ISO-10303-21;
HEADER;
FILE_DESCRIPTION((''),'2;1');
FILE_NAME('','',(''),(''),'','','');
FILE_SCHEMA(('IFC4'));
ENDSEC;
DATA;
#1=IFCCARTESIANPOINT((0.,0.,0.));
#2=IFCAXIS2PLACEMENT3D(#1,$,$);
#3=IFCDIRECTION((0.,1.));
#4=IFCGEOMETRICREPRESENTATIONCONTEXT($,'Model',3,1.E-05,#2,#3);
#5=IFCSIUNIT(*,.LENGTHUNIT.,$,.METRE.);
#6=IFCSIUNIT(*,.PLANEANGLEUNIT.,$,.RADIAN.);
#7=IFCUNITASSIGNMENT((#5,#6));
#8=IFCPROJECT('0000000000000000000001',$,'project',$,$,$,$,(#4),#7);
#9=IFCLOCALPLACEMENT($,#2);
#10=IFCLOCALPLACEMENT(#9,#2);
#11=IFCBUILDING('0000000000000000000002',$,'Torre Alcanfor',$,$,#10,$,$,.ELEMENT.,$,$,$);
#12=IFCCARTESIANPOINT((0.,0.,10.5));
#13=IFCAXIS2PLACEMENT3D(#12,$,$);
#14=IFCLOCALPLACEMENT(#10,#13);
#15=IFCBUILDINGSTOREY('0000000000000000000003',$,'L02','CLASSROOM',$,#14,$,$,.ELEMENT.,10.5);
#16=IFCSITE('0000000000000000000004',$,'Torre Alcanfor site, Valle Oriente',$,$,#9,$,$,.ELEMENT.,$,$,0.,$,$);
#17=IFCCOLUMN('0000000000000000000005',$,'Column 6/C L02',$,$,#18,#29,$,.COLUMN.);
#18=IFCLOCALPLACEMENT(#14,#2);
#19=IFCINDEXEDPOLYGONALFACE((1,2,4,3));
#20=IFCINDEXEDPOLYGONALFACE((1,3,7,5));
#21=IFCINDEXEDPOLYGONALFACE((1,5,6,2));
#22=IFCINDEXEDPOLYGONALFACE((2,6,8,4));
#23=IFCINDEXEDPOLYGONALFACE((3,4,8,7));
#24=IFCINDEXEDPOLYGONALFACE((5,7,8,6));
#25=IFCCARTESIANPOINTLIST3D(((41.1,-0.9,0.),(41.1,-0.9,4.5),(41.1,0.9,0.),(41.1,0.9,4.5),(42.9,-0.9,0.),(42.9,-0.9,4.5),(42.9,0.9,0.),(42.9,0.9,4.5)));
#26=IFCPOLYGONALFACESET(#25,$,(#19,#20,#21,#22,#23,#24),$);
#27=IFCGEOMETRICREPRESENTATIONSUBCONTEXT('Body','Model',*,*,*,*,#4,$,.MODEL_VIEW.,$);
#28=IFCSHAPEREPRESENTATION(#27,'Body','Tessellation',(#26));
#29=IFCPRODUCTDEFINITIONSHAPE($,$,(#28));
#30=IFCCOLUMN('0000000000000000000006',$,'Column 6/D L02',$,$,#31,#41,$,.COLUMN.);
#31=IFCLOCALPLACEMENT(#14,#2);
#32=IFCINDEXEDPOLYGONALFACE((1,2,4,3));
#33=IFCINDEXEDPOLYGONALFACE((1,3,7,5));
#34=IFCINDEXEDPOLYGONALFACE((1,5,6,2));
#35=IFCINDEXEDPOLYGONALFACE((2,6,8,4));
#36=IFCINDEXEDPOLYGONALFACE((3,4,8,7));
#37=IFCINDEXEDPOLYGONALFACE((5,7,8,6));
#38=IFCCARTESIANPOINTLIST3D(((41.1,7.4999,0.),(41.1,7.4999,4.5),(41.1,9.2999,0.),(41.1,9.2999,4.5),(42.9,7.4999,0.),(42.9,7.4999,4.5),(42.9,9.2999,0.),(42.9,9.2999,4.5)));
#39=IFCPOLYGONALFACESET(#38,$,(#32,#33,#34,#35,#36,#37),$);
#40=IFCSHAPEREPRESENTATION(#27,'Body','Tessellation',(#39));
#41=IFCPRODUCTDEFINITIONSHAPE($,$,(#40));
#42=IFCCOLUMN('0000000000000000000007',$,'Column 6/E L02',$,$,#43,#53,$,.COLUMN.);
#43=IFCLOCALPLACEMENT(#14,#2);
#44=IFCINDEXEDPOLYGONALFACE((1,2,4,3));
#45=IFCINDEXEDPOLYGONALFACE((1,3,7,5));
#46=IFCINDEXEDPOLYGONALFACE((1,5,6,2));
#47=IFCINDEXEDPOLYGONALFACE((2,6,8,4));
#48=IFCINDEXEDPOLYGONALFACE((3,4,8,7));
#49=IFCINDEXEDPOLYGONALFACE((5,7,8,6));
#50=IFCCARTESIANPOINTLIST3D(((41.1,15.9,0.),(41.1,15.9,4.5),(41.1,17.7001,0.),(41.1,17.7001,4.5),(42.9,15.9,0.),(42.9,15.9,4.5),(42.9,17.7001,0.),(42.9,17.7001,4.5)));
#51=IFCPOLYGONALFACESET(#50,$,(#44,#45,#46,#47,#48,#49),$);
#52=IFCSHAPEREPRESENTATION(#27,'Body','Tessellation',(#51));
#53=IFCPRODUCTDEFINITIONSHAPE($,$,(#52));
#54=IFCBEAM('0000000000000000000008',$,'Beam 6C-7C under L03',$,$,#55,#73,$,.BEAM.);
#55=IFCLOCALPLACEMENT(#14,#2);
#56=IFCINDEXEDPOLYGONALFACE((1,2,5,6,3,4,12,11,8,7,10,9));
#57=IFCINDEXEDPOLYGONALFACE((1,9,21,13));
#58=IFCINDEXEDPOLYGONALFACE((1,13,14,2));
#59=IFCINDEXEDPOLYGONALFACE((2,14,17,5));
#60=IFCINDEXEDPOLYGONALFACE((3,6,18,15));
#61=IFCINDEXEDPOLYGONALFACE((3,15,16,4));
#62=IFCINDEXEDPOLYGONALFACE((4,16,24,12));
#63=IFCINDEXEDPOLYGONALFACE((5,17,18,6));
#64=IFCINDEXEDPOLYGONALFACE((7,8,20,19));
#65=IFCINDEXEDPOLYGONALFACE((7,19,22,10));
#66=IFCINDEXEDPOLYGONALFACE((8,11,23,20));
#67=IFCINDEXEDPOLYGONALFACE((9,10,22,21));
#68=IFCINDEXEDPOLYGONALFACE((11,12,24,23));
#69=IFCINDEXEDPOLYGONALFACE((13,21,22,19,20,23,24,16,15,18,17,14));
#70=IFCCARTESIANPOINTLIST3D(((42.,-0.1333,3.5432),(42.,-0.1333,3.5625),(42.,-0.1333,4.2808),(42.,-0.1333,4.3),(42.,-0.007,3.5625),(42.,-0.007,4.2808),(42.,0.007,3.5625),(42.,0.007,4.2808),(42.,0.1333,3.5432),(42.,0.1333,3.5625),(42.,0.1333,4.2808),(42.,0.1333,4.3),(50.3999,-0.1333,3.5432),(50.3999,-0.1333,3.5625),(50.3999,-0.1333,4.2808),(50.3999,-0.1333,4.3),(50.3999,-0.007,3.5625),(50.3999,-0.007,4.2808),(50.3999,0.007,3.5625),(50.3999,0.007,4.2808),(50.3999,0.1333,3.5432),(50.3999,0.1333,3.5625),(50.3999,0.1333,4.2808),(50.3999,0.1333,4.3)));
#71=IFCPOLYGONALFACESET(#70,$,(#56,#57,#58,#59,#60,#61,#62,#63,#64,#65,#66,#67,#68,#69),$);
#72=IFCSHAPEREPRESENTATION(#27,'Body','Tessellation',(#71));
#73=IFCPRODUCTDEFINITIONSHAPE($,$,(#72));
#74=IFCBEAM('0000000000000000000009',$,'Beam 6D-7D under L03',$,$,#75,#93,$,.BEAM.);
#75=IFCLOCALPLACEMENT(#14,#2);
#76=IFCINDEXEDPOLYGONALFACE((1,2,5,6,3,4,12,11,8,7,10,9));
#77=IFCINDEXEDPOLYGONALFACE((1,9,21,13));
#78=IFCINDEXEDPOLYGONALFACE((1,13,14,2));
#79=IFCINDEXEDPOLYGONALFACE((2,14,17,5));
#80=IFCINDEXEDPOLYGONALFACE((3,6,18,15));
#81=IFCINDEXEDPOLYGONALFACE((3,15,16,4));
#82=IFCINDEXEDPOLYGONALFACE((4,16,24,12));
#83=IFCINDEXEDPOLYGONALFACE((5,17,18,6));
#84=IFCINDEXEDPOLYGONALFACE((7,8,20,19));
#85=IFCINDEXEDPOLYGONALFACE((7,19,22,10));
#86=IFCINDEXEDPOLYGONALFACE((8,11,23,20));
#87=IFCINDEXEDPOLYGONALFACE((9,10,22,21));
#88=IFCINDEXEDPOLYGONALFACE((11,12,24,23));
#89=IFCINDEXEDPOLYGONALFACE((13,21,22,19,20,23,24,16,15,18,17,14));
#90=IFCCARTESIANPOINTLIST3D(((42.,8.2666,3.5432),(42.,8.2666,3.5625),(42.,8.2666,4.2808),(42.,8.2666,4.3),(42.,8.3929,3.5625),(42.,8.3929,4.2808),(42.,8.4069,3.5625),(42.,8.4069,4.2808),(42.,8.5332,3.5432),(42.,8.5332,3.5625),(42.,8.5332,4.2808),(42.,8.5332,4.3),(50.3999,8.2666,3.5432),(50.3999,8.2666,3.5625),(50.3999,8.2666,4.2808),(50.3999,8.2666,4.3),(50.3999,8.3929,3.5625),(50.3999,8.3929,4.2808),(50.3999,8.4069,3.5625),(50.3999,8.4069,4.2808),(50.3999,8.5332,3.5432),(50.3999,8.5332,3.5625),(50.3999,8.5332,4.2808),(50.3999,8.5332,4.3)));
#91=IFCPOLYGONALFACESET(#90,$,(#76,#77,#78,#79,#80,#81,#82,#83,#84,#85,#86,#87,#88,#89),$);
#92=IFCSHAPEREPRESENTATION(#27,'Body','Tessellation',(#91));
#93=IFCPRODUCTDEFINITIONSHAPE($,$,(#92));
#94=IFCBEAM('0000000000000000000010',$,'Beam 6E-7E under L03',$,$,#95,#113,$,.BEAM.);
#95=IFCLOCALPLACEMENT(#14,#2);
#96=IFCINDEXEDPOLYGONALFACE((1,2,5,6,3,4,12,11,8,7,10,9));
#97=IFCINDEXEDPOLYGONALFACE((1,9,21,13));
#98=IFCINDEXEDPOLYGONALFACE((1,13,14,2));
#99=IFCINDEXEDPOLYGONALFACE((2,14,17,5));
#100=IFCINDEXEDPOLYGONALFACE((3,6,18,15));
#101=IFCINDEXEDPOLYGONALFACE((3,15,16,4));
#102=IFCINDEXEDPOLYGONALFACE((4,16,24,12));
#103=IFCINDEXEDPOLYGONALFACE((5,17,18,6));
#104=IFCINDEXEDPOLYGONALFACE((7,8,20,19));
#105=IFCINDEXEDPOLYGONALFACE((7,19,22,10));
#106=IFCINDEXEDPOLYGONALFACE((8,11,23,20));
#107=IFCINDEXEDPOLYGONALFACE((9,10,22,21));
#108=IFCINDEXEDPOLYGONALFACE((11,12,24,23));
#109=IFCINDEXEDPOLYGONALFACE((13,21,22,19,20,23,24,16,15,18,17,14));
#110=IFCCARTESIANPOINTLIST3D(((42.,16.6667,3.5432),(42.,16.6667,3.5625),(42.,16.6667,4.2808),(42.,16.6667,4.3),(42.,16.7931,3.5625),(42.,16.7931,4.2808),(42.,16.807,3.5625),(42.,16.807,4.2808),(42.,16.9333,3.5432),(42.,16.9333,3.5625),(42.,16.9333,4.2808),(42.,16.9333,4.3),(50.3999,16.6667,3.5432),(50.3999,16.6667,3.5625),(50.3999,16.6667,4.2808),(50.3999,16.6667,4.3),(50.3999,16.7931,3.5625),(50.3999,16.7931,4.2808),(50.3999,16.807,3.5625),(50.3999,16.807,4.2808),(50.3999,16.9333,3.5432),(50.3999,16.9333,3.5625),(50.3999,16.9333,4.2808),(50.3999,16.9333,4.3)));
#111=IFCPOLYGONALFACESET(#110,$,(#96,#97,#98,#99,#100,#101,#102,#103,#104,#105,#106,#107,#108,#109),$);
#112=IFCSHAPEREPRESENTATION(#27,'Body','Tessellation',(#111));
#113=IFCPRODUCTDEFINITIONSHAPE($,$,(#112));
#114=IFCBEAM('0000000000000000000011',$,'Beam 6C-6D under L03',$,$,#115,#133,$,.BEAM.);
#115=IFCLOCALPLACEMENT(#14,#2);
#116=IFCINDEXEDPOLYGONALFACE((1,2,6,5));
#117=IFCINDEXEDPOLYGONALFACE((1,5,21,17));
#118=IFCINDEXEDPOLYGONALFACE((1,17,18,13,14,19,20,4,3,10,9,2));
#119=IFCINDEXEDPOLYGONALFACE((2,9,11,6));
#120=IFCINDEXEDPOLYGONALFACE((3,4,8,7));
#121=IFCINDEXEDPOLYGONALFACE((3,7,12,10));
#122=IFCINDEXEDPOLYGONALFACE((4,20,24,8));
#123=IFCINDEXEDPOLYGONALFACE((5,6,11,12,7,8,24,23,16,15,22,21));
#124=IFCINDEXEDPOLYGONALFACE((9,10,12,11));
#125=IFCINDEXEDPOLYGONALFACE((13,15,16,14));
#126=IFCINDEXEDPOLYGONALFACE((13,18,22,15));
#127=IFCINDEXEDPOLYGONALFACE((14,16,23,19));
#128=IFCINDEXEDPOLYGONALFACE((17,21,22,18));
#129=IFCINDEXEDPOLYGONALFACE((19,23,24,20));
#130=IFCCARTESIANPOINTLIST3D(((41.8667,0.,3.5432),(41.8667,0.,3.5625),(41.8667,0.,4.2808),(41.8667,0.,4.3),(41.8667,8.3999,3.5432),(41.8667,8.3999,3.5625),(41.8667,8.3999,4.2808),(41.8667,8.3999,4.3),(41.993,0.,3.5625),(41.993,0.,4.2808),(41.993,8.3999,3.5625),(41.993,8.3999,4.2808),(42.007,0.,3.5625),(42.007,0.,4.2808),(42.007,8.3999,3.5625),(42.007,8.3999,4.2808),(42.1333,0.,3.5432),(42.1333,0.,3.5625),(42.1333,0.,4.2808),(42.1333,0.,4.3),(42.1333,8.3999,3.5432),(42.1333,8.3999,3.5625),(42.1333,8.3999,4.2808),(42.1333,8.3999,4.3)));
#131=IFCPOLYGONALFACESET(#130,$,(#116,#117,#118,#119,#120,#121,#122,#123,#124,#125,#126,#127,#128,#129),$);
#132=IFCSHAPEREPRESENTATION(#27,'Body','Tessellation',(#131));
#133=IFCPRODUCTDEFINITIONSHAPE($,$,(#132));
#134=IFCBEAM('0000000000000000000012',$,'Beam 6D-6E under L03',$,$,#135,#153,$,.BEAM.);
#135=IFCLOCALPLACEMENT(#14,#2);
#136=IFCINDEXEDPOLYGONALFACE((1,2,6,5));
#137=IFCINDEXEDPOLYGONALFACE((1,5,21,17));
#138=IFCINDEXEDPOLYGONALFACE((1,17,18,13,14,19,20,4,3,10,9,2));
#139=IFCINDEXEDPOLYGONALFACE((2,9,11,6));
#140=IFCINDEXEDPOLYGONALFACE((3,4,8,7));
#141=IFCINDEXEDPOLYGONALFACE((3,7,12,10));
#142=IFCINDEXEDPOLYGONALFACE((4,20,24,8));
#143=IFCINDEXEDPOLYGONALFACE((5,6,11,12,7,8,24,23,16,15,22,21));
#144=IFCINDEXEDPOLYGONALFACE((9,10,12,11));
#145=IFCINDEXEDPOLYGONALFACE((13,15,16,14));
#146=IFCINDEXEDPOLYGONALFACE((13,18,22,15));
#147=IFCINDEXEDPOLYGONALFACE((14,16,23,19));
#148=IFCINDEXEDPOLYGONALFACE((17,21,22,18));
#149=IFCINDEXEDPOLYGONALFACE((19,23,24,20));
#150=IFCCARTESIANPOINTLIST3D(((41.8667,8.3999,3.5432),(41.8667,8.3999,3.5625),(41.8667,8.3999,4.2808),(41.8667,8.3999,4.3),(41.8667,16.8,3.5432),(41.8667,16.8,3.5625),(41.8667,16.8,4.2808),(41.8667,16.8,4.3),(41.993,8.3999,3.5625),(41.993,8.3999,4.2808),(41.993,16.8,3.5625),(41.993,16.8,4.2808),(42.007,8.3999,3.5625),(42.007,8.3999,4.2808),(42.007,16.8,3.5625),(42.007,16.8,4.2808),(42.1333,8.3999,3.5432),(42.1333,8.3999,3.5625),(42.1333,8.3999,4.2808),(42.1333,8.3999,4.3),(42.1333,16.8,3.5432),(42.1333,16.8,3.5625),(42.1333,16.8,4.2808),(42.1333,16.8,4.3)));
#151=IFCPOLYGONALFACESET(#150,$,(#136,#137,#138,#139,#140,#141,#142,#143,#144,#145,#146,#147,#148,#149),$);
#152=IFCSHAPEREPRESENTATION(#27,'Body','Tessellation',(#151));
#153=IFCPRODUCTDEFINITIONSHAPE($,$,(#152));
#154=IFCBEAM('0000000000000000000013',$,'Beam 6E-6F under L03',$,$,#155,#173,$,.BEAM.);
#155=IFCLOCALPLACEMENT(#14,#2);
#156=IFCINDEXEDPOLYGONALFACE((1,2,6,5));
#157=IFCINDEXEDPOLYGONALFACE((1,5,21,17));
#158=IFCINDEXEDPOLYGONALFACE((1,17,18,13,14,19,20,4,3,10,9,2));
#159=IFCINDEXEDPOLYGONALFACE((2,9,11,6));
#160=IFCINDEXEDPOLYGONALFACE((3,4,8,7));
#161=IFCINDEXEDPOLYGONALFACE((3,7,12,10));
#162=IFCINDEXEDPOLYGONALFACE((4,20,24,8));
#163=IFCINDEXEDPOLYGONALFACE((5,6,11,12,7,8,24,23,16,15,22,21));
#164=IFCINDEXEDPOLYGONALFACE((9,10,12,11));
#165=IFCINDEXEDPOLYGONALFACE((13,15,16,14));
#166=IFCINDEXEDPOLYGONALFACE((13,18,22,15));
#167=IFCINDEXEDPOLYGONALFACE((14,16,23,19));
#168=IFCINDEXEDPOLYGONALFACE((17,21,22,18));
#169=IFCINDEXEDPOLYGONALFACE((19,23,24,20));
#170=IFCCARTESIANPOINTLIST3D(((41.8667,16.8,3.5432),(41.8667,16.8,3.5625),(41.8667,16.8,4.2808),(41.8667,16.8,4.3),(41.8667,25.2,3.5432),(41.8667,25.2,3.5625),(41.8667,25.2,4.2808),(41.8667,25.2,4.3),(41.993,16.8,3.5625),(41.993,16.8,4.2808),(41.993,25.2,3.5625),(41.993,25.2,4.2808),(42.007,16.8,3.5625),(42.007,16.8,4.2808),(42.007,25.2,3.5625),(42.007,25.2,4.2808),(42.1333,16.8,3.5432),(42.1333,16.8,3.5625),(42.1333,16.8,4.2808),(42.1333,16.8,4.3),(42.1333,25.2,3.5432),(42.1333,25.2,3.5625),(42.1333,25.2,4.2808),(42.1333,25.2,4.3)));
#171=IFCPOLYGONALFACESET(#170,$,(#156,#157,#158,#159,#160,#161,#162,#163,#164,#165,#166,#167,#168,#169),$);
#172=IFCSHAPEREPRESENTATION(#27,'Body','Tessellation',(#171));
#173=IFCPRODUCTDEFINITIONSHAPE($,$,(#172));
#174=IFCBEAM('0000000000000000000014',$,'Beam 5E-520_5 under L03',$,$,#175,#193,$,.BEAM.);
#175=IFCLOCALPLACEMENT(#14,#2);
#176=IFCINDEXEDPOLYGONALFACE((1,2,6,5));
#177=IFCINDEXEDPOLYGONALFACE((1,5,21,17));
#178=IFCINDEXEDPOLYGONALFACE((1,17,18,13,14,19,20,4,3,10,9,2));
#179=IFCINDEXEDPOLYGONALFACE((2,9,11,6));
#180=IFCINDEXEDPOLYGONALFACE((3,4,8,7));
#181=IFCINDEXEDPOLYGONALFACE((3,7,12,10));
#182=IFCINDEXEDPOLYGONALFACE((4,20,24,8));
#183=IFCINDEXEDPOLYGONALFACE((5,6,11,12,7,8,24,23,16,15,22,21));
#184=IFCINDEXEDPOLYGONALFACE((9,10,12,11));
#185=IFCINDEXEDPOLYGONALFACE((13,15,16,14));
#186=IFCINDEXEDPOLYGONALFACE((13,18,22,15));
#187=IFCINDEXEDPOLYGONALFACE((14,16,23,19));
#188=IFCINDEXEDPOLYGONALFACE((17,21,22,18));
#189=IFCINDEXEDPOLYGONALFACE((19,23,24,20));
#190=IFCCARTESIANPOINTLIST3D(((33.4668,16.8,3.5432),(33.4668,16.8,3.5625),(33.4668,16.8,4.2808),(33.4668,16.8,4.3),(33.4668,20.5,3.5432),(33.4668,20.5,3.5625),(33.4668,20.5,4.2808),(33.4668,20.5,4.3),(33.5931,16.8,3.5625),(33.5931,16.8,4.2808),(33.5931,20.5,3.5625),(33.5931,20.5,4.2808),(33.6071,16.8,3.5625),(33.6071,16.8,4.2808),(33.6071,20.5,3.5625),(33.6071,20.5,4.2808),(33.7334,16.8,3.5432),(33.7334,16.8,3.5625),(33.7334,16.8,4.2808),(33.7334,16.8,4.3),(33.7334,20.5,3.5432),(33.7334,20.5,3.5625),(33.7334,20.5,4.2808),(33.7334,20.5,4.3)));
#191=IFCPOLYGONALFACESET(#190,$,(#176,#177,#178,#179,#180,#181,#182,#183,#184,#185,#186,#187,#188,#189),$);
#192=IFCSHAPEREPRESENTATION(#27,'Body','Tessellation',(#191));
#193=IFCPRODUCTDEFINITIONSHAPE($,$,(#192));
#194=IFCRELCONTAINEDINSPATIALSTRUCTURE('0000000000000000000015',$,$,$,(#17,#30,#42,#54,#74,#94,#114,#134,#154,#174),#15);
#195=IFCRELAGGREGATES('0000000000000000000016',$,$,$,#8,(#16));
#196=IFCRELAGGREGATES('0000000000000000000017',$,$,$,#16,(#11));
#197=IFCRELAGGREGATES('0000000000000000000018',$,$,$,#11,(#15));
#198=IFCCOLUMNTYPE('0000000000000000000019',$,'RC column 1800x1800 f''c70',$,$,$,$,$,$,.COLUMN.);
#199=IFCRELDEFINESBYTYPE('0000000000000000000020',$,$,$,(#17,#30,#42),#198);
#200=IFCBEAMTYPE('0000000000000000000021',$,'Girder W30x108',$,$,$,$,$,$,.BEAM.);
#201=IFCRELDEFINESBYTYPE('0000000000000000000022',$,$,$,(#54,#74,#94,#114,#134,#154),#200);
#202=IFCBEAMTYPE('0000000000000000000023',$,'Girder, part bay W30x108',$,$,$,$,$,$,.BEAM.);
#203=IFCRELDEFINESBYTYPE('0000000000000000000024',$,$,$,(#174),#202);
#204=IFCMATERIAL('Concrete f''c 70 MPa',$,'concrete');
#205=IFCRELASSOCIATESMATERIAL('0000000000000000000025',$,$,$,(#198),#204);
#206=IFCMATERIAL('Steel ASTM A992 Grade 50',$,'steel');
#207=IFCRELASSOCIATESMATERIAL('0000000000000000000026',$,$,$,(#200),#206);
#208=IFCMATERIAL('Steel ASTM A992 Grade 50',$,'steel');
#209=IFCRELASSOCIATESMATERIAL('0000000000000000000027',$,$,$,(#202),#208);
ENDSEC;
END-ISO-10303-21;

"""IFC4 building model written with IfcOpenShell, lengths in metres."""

from ifc_helpers import new_model, si_unit, direction, frame, origin, origin_2d, place, context, subcontext, project, spatial, rectangle, i_section, extrude, material, material_profile, profile_set, type_object, element, save


model = new_model("IFC4")

# Units and contexts
model_context = context("Model", 3, precision=1e-05, world=origin(), true_north=direction((0.0, 1.0)))
body_context = subcontext(model_context, "Body", "Model", "MODEL_VIEW")
ifc_project = project(units=[si_unit("LENGTHUNIT", "METRE"), si_unit("PLANEANGLEUNIT", "RADIAN")], contexts=[model_context])

# Site, building, storey
site_placement = place(None, origin())
site = spatial("IfcSite", under=ifc_project, at=site_placement, Name="Torre Alcanfor site, Valle Oriente", CompositionType="ELEMENT", RefElevation=0.0)
building_placement = place(site_placement, origin())
building = spatial("IfcBuilding", under=site, at=building_placement, Name="Torre Alcanfor", CompositionType="ELEMENT")
storey_placement = place(building_placement, frame((0.0, 0.0, 10.5)))
storey = spatial("IfcBuildingStorey", under=building, at=storey_placement, Name="L02", Description="CLASSROOM", CompositionType="ELEMENT", Elevation=10.5)

# Columns
ifc_material_1 = material(Name="Concrete f'c 70 MPa", Category="concrete")
ifc_material_profile_1 = material_profile(ifc_material_1, rectangle(XDim=1.8, YDim=1.8, at=origin_2d()), Name="1800x1800")
ifc_profile_set_1 = profile_set([ifc_material_profile_1], Name="Concrete f'c 70 MPa")
column_type = type_object("IfcColumnType", Name="RC column 1800x1800 f'c70", PredefinedType="COLUMN", material=ifc_profile_set_1)
for number, where, z_axis, x_axis, name in (
    (1, (42.0, 0.0, 0.0), (0.0, 0.0, 1.0), (1.0, 0.0, 0.0), "Column 6/C L02"),
    (2, (42.0, 8.3999, 0.0), (0.0, 0.0, 1.0), (1.0, 0.0, 0.0), "Column 6/D L02"),
    (3, (42.0, 16.8, 0.0), (0.0, 0.0, 1.0), (1.0, 0.0, 0.0), "Column 6/E L02"),
):
    element("IfcColumn", number, at=place(storey_placement, frame(where, z_axis=z_axis, x_axis=x_axis)), inside=storey, type_object=column_type, Name=name, PredefinedType="COLUMN", context=body_context, shape_type="SweptSolid", body=[
        extrude(rectangle(XDim=1.8, YDim=1.8, at=origin_2d()), origin(), (0.0, 0.0, 1.0), 4.5),
    ])

# Beams
ifc_material_2 = material(Name="Steel ASTM A992 Grade 50", Category="steel")
ifc_material_profile_2 = material_profile(ifc_material_2, i_section(OverallWidth=0.2666, OverallDepth=0.7568, WebThickness=0.0139, FlangeThickness=0.0193, at=origin_2d()), Name="W30x108")
ifc_profile_set_2 = profile_set([ifc_material_profile_2], Name="Steel ASTM A992 Grade 50")
beam_type_1 = type_object("IfcBeamType", Name="Girder W30x108", PredefinedType="BEAM", material=ifc_profile_set_2)
for number, where, z_axis, x_axis, name in (
    (4, (42.0, 0.0, 3.9216), (1.0, 0.0, 0.0), (0.0, 1.0, 0.0), "Beam 6C-7C under L03"),
    (5, (42.0, 8.3999, 3.9216), (1.0, 0.0, 0.0), (0.0, 1.0, 0.0), "Beam 6D-7D under L03"),
    (6, (42.0, 16.8, 3.9216), (1.0, 0.0, 0.0), (0.0, 1.0, 0.0), "Beam 6E-7E under L03"),
    (7, (42.0, 0.0, 3.9216), (0.0, 1.0, 0.0), (-1.0, 0.0, 0.0), "Beam 6C-6D under L03"),
):
    element("IfcBeam", number, at=place(storey_placement, frame(where, z_axis=z_axis, x_axis=x_axis)), inside=storey, type_object=beam_type_1, Name=name, PredefinedType="BEAM", context=body_context, shape_type="SweptSolid", body=[
        extrude(i_section(OverallWidth=0.2666, OverallDepth=0.7568, WebThickness=0.0139, FlangeThickness=0.0193, at=origin_2d()), origin(), (0.0, 0.0, 1.0), 8.3999),
    ])
beam_1_placement = place(storey_placement, frame((42.0, 8.3999, 3.9216), z_axis=(0.0, 1.0, 0.0), x_axis=(-1.0, 0.0, 0.0)))
element("IfcBeam", 8, at=beam_1_placement, inside=storey, type_object=beam_type_1, Name="Beam 6D-6E under L03", PredefinedType="BEAM", context=body_context, shape_type="SweptSolid", body=[
    extrude(i_section(OverallWidth=0.2666, OverallDepth=0.7568, WebThickness=0.0139, FlangeThickness=0.0193, at=origin_2d()), origin(), (0.0, 0.0, 1.0), 8.4001),
])
beam_2_placement = place(storey_placement, frame((42.0, 16.8, 3.9216), z_axis=(0.0, 1.0, 0.0), x_axis=(-1.0, 0.0, 0.0)))
element("IfcBeam", 9, at=beam_2_placement, inside=storey, type_object=beam_type_1, Name="Beam 6E-6F under L03", PredefinedType="BEAM", context=body_context, shape_type="SweptSolid", body=[
    extrude(i_section(OverallWidth=0.2666, OverallDepth=0.7568, WebThickness=0.0139, FlangeThickness=0.0193, at=origin_2d()), origin(), (0.0, 0.0, 1.0), 8.3999),
])
ifc_material_3 = material(Name="Steel ASTM A992 Grade 50", Category="steel")
ifc_material_profile_3 = material_profile(ifc_material_3, i_section(OverallWidth=0.2666, OverallDepth=0.7568, WebThickness=0.0139, FlangeThickness=0.0193, at=origin_2d()), Name="W30x108")
ifc_profile_set_3 = profile_set([ifc_material_profile_3], Name="Steel ASTM A992 Grade 50")
beam_type_2 = type_object("IfcBeamType", Name="Girder, part bay W30x108", PredefinedType="BEAM", material=ifc_profile_set_3)
beam_3_placement = place(storey_placement, frame((33.6001, 16.8, 3.9216), z_axis=(0.0, 1.0, 0.0), x_axis=(-1.0, 0.0, 0.0)))
element("IfcBeam", 10, at=beam_3_placement, inside=storey, type_object=beam_type_2, Name="Beam 5E-520_5 under L03", PredefinedType="BEAM", context=body_context, shape_type="SweptSolid", body=[
    extrude(i_section(OverallWidth=0.2666, OverallDepth=0.7568, WebThickness=0.0139, FlangeThickness=0.0193, at=origin_2d()), origin(), (0.0, 0.0, 1.0), 3.7),
])

save(model, "model.ifc")
